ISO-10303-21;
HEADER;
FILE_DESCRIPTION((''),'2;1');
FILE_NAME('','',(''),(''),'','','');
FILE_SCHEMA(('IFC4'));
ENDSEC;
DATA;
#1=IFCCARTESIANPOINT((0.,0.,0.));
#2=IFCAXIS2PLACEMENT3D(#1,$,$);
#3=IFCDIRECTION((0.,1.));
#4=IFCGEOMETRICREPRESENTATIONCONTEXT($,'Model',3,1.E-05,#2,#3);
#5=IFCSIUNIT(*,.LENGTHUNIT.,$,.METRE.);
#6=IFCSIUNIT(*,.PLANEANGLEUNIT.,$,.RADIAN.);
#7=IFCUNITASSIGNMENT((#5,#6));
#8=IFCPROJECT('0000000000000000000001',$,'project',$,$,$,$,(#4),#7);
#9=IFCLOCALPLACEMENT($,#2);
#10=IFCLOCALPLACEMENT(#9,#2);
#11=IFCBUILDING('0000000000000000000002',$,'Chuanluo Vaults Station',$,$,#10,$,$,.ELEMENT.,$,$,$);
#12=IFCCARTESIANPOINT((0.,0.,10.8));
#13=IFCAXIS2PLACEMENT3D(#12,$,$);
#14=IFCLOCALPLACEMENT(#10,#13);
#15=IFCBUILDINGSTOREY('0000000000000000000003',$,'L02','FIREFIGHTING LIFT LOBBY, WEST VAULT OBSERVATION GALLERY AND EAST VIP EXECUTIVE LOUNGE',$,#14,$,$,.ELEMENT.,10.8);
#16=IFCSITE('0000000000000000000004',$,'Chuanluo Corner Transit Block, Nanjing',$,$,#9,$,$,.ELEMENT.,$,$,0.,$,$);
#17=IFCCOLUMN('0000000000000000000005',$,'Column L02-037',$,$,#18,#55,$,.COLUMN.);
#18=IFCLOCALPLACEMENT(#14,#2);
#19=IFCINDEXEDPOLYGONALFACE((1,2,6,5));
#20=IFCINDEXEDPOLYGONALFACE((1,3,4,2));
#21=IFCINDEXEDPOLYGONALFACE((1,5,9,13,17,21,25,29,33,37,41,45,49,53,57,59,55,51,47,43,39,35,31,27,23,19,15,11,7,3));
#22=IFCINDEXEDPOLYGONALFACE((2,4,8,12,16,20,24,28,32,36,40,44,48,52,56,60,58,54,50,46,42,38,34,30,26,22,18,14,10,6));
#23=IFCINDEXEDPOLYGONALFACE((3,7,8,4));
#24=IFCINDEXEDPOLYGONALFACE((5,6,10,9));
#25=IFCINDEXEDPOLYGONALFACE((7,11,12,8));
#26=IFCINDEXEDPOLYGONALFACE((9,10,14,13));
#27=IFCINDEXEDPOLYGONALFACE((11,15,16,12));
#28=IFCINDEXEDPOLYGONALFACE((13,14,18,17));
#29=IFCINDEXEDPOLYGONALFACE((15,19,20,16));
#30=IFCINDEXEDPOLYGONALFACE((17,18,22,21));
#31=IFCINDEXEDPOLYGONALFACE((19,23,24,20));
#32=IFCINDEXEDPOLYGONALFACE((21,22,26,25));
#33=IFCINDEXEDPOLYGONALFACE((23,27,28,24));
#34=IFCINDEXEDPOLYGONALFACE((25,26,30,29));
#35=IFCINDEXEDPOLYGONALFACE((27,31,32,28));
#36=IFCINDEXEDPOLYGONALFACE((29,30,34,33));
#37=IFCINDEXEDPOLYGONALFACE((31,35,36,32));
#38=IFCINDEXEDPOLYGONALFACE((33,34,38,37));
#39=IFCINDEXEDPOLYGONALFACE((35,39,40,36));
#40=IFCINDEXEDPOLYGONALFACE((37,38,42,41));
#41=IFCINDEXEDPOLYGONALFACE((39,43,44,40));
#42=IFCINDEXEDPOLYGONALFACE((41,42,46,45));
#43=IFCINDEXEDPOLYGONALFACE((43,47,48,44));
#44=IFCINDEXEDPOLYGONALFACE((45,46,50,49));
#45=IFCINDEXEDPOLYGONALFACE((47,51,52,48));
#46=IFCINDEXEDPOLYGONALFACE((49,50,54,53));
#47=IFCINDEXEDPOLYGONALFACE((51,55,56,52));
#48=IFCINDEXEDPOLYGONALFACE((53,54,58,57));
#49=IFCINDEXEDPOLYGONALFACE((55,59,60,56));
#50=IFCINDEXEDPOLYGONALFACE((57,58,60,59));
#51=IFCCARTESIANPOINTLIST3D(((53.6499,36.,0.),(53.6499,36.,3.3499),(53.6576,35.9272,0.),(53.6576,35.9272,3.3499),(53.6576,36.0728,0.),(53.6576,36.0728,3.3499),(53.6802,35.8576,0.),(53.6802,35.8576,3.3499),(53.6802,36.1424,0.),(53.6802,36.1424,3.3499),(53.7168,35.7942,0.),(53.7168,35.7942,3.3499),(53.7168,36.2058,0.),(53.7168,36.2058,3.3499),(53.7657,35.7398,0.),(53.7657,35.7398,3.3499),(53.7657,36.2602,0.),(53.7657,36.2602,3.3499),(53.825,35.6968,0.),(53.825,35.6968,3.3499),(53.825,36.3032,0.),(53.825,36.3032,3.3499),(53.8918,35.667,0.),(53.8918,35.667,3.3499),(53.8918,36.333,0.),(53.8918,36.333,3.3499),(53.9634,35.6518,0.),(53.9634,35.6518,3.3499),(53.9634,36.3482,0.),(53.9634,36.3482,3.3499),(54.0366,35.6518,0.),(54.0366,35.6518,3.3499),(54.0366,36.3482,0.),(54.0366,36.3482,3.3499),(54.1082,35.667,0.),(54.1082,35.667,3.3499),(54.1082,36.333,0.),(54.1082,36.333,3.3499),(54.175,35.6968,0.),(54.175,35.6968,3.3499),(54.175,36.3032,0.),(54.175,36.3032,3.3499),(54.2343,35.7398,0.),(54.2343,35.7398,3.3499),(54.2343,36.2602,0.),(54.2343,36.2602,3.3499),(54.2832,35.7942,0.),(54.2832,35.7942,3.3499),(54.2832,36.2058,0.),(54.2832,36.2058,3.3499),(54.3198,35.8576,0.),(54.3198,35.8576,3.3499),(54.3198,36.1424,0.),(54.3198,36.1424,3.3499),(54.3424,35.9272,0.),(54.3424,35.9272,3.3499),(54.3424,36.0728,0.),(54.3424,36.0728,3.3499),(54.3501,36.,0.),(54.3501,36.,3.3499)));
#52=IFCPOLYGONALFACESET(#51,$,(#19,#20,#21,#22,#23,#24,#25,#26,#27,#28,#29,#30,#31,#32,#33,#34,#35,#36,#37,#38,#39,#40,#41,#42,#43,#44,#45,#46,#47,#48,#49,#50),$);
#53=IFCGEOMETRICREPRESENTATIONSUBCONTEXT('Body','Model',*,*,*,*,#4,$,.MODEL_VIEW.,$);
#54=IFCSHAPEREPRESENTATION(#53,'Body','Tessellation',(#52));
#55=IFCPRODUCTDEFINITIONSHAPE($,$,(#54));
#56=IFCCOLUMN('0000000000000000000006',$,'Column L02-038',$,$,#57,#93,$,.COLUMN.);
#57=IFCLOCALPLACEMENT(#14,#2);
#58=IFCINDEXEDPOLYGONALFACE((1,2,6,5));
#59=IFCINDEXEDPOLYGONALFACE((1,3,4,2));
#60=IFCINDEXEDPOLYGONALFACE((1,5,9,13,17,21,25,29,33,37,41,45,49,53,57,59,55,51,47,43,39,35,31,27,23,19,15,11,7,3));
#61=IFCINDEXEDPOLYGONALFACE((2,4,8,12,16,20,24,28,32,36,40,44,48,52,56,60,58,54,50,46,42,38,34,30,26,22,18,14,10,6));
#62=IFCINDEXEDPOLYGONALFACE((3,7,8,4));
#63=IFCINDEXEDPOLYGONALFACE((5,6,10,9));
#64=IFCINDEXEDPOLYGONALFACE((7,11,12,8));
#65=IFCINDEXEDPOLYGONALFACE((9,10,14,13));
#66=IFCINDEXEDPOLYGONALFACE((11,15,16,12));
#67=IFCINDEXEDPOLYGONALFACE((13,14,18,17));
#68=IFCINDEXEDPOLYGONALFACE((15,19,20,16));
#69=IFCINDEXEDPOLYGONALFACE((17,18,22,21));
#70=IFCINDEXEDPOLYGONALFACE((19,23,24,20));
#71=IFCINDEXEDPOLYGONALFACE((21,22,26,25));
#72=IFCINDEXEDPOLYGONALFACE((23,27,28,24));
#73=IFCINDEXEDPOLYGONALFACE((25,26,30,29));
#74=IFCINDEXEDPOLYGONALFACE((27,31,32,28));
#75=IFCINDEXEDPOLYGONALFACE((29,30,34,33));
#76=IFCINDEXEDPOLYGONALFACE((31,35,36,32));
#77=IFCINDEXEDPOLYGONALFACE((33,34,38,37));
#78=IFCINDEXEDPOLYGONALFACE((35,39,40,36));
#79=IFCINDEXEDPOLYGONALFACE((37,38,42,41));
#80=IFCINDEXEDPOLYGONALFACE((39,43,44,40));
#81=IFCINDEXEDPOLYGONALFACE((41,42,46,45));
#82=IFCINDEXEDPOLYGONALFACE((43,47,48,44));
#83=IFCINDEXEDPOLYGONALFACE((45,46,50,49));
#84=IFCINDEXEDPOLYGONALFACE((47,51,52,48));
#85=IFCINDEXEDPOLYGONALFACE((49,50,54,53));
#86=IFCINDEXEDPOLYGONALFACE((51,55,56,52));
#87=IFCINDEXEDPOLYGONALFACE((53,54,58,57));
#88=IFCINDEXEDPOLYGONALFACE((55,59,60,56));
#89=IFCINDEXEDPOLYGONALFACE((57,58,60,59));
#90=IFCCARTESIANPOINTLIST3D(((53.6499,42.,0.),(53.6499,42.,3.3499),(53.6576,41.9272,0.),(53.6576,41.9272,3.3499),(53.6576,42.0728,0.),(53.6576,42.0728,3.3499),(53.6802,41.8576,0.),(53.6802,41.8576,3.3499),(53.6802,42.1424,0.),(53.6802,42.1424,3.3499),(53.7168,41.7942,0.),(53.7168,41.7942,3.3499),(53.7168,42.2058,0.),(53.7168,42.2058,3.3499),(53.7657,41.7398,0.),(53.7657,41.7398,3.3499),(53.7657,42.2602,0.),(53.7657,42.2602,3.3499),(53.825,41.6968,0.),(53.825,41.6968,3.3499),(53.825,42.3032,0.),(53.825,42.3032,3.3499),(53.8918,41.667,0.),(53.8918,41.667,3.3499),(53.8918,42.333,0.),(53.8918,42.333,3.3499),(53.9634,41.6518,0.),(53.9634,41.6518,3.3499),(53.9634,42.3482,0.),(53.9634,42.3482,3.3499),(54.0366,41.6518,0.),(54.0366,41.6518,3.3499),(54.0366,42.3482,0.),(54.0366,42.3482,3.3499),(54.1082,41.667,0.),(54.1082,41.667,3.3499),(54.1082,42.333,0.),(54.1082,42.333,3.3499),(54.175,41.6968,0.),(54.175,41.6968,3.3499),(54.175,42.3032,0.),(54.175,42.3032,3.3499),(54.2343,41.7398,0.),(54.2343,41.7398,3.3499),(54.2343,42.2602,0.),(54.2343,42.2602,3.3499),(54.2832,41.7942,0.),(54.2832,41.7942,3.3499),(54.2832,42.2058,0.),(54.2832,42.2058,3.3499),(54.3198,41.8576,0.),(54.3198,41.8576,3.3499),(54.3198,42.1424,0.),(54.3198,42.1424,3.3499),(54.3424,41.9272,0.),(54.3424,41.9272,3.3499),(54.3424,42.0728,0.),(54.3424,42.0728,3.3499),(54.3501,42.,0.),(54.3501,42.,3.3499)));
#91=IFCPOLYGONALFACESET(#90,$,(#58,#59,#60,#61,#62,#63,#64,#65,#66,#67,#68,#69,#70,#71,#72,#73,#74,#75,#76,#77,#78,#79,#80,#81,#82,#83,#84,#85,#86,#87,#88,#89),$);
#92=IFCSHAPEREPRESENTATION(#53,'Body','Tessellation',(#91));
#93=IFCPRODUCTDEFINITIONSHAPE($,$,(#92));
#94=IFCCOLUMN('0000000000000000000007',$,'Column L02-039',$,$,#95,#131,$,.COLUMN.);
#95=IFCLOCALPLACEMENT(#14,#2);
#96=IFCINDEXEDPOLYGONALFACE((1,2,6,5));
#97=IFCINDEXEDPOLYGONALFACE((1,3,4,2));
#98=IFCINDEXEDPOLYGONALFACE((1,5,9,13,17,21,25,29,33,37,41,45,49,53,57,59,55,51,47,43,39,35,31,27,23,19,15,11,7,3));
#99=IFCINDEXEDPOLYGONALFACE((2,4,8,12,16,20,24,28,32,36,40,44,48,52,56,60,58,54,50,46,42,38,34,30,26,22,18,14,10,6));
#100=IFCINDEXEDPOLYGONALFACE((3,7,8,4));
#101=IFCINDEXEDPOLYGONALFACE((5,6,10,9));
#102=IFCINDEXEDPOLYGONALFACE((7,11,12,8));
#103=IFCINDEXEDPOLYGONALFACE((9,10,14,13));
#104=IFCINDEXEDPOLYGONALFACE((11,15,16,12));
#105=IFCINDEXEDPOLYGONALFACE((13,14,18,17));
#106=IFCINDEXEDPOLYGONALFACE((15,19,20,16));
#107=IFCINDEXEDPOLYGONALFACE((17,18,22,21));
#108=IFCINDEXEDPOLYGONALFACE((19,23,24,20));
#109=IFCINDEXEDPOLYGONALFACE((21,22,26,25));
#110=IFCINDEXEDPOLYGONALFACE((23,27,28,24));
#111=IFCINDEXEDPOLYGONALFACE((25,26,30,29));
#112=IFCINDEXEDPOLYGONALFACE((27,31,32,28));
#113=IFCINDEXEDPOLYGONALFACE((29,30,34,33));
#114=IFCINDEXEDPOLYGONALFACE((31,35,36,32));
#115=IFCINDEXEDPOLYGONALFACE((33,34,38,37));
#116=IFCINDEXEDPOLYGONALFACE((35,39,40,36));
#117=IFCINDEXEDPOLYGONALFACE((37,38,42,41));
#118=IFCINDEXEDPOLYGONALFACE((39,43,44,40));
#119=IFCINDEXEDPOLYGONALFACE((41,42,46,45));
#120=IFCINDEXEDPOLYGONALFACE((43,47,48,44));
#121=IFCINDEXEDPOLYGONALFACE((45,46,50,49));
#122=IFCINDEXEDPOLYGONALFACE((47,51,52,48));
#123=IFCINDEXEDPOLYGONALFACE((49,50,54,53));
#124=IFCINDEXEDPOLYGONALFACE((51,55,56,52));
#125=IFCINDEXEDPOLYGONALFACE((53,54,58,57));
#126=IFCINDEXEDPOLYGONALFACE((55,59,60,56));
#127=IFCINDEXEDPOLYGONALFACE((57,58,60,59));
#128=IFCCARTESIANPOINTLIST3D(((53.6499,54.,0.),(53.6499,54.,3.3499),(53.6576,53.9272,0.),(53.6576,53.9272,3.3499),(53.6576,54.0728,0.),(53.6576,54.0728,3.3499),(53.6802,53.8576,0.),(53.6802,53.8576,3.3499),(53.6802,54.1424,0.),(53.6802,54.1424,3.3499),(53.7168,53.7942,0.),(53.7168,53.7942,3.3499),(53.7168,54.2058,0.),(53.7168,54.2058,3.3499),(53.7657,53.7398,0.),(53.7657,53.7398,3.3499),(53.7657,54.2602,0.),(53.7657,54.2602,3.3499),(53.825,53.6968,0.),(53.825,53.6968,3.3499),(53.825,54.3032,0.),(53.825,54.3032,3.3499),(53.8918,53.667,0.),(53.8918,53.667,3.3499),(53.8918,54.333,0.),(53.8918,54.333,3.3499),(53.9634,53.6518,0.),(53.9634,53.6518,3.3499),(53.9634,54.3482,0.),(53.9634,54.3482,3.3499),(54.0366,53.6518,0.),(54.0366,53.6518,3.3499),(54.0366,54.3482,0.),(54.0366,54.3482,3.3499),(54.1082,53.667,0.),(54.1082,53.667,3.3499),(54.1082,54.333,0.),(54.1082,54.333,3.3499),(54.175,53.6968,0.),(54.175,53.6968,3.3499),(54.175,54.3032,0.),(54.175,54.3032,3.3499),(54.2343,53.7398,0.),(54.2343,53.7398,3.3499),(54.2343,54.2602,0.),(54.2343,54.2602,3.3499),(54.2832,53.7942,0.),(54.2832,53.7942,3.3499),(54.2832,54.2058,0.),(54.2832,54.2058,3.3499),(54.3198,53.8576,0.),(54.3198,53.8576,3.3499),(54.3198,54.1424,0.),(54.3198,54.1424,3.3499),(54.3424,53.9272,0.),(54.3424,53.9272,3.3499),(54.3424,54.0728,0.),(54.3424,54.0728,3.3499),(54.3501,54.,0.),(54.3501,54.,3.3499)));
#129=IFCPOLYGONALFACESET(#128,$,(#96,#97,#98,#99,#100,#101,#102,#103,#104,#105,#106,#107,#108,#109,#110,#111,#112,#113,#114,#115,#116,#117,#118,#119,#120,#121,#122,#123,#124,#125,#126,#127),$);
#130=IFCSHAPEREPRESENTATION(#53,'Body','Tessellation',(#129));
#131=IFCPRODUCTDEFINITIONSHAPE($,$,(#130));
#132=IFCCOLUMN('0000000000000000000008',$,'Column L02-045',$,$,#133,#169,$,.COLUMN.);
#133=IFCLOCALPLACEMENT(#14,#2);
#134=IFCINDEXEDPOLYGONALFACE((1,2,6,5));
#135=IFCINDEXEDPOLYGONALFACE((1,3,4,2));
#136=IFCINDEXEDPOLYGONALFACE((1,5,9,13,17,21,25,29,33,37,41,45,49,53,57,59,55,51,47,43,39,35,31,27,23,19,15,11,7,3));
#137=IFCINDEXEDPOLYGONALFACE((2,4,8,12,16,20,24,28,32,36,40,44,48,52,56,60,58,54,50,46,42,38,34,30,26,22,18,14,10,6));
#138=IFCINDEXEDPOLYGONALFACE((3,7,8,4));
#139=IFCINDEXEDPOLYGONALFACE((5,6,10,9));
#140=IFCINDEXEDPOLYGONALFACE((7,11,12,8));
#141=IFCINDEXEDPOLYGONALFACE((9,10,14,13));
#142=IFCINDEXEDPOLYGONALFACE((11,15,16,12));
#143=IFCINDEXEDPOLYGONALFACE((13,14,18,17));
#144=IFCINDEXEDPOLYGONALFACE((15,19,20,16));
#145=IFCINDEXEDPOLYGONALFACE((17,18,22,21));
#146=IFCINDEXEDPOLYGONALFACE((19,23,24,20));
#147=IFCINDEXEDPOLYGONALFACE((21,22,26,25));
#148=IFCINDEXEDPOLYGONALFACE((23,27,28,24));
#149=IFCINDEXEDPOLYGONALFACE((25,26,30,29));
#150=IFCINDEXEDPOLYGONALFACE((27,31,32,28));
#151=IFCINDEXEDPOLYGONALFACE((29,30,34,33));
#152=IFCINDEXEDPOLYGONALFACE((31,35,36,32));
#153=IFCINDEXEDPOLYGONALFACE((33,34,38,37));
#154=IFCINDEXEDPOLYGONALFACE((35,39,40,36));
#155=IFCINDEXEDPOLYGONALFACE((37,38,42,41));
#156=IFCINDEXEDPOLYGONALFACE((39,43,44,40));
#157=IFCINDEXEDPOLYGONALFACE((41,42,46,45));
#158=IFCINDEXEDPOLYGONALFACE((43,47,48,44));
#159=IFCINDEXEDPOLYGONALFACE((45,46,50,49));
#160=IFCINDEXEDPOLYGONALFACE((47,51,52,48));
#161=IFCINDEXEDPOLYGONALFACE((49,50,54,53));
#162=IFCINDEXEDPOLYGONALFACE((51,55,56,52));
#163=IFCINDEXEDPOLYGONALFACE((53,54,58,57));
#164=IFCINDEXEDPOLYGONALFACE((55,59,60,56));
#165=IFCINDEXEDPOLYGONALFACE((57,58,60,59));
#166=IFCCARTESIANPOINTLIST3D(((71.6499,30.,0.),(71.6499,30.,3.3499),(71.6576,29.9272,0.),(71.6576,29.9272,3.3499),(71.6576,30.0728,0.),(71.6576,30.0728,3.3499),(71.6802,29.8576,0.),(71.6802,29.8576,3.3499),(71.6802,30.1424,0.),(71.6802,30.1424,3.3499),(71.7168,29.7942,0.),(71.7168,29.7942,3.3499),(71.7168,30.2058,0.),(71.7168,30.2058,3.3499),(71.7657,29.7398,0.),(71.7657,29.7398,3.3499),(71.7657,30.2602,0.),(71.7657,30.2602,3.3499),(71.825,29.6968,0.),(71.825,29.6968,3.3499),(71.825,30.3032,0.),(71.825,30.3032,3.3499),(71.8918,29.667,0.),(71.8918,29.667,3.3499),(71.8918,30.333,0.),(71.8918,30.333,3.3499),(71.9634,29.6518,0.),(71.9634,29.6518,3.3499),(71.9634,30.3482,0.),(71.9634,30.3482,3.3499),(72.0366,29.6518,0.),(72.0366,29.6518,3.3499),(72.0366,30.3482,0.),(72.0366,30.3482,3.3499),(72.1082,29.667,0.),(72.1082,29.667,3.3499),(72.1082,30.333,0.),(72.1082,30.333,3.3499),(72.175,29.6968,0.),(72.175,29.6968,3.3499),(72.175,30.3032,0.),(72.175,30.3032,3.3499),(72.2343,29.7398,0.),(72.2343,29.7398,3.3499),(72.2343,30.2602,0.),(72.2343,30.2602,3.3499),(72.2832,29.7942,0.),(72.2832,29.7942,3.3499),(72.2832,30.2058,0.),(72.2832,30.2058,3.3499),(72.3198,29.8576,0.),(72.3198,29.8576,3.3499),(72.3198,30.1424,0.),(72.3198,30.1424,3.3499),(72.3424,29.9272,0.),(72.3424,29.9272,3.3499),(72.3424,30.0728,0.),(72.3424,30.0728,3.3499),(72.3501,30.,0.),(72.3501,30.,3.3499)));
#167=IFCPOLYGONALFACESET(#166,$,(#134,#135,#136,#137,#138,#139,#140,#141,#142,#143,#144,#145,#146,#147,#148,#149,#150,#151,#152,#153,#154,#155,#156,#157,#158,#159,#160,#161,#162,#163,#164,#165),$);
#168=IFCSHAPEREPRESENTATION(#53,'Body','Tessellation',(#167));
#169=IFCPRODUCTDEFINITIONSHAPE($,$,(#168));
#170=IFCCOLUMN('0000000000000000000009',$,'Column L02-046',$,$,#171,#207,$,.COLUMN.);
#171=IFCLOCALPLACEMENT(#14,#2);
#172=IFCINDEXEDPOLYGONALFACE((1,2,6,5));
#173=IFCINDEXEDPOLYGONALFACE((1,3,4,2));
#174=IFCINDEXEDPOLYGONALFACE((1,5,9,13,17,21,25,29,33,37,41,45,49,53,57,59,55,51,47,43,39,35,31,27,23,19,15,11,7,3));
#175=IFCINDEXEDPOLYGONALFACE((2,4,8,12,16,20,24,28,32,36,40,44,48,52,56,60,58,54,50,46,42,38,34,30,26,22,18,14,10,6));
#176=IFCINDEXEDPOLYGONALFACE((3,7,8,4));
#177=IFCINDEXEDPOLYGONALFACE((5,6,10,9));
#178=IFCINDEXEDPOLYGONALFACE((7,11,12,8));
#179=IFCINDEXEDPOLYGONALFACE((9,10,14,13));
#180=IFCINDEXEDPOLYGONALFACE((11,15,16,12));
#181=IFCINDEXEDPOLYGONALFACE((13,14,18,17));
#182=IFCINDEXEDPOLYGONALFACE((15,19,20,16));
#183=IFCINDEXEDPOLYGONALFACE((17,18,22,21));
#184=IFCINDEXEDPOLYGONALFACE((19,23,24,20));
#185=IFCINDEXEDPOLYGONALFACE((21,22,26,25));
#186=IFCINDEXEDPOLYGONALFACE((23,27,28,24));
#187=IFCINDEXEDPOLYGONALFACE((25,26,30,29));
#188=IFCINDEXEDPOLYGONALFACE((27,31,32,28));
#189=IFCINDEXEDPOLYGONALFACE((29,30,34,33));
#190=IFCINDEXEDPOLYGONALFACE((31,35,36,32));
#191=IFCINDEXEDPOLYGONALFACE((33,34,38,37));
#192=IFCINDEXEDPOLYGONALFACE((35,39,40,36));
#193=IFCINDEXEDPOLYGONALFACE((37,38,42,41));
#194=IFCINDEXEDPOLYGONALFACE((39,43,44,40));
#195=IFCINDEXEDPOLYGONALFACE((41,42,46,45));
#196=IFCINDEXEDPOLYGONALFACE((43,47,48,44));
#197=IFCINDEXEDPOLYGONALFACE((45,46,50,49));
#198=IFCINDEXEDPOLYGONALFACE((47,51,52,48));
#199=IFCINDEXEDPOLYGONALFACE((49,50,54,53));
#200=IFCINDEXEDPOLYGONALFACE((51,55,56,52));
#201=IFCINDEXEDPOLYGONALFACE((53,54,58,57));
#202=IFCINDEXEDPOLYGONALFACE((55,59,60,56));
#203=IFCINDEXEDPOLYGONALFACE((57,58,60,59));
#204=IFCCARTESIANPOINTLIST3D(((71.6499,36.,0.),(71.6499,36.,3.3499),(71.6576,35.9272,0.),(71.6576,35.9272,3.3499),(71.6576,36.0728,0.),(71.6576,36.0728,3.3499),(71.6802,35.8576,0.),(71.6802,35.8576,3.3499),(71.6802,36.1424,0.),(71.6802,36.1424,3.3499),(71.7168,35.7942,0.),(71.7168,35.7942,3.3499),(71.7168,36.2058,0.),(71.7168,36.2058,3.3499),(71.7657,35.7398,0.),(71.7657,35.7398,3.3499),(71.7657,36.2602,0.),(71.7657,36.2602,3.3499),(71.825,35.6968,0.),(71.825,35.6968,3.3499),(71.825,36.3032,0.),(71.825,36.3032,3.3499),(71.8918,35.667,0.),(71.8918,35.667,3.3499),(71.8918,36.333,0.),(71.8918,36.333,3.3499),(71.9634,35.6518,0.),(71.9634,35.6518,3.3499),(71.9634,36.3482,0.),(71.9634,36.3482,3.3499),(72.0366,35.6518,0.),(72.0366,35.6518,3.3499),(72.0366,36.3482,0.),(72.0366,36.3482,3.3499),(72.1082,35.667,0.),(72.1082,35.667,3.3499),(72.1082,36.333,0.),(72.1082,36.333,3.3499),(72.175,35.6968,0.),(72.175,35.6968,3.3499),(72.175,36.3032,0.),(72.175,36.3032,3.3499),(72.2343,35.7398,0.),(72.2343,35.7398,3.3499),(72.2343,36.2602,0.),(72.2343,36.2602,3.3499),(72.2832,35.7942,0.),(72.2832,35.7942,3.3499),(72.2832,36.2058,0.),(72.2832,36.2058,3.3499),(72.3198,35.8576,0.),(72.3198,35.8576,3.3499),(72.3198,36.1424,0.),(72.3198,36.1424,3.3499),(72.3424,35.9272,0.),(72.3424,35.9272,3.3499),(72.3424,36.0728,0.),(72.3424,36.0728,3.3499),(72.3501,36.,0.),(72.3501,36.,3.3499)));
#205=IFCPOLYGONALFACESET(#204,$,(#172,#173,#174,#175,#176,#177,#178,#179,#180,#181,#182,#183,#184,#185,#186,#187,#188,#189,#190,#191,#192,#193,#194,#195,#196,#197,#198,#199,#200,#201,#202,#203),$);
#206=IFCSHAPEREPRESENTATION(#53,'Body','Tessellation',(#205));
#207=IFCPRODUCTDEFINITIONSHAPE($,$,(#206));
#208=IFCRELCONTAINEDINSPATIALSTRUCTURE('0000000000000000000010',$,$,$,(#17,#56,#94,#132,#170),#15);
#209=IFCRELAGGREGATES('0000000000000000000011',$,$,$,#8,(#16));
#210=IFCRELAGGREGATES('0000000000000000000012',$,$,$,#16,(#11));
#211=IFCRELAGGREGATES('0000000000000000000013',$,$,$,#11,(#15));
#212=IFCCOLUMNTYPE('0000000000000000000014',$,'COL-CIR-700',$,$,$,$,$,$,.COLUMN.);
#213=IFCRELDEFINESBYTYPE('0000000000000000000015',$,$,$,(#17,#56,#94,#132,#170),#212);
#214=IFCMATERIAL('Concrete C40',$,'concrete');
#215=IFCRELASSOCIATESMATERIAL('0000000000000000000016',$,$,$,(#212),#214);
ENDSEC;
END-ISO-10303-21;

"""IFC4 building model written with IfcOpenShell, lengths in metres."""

from ifc_helpers import new_model, si_unit, direction, frame, origin, origin_2d, place, context, subcontext, project, spatial, circle, extrude, material, material_profile, profile_set, type_object, element, save


model = new_model("IFC4")

# Units and contexts
model_context = context("Model", 3, precision=1e-05, world=origin(), true_north=direction((0.0, 1.0)))
body_context = subcontext(model_context, "Body", "Model", "MODEL_VIEW")
ifc_project = project(units=[si_unit("LENGTHUNIT", "METRE"), si_unit("PLANEANGLEUNIT", "RADIAN")], contexts=[model_context])

# Site, building, storey
site_placement = place(None, origin())
site = spatial("IfcSite", under=ifc_project, at=site_placement, Name="Chuanluo Corner Transit Block, Nanjing", CompositionType="ELEMENT", RefElevation=0.0)
building_placement = place(site_placement, origin())
building = spatial("IfcBuilding", under=site, at=building_placement, Name="Chuanluo Vaults Station", CompositionType="ELEMENT")
storey_placement = place(building_placement, frame((0.0, 0.0, 10.8)))
storey = spatial("IfcBuildingStorey", under=building, at=storey_placement, Name="L02", Description="FIREFIGHTING LIFT LOBBY, WEST VAULT OBSERVATION GALLERY AND EAST VIP EXECUTIVE LOUNGE", CompositionType="ELEMENT", Elevation=10.8)

# Columns
ifc_material_1 = material(Name="Concrete C40", Category="concrete")
ifc_material_profile_1 = material_profile(ifc_material_1, circle(Radius=0.3501, at=origin_2d()))
ifc_profile_set_1 = profile_set([ifc_material_profile_1], Name="Concrete C40")
column_type_1 = type_object("IfcColumnType", Name="COL-CIR-700", PredefinedType="COLUMN", material=ifc_profile_set_1)
for number, where, z_axis, x_axis, name in (
    (1, (54.0, 36.0, 0.0), (0.0, 0.0, 1.0), (1.0, 0.0, 0.0), "Column L02-037"),
    (2, (54.0, 42.0, 0.0), (0.0, 0.0, 1.0), (1.0, 0.0, 0.0), "Column L02-038"),
    (3, (54.0, 54.0, 0.0), (0.0, 0.0, 1.0), (1.0, 0.0, 0.0), "Column L02-039"),
    (4, (72.0, 30.0, 0.0), (0.0, 0.0, 1.0), (1.0, 0.0, 0.0), "Column L02-045"),
    (5, (72.0, 36.0, 0.0), (0.0, 0.0, 1.0), (1.0, 0.0, 0.0), "Column L02-046"),
):
    element("IfcColumn", number, at=place(storey_placement, frame(where, z_axis=z_axis, x_axis=x_axis)), inside=storey, type_object=column_type_1, Name=name, PredefinedType="COLUMN", context=body_context, shape_type="SweptSolid", body=[
        extrude(circle(Radius=0.3501, at=origin_2d()), origin(), (0.0, 0.0, 1.0), 3.3499),
    ])

save(model, "model.ifc")
